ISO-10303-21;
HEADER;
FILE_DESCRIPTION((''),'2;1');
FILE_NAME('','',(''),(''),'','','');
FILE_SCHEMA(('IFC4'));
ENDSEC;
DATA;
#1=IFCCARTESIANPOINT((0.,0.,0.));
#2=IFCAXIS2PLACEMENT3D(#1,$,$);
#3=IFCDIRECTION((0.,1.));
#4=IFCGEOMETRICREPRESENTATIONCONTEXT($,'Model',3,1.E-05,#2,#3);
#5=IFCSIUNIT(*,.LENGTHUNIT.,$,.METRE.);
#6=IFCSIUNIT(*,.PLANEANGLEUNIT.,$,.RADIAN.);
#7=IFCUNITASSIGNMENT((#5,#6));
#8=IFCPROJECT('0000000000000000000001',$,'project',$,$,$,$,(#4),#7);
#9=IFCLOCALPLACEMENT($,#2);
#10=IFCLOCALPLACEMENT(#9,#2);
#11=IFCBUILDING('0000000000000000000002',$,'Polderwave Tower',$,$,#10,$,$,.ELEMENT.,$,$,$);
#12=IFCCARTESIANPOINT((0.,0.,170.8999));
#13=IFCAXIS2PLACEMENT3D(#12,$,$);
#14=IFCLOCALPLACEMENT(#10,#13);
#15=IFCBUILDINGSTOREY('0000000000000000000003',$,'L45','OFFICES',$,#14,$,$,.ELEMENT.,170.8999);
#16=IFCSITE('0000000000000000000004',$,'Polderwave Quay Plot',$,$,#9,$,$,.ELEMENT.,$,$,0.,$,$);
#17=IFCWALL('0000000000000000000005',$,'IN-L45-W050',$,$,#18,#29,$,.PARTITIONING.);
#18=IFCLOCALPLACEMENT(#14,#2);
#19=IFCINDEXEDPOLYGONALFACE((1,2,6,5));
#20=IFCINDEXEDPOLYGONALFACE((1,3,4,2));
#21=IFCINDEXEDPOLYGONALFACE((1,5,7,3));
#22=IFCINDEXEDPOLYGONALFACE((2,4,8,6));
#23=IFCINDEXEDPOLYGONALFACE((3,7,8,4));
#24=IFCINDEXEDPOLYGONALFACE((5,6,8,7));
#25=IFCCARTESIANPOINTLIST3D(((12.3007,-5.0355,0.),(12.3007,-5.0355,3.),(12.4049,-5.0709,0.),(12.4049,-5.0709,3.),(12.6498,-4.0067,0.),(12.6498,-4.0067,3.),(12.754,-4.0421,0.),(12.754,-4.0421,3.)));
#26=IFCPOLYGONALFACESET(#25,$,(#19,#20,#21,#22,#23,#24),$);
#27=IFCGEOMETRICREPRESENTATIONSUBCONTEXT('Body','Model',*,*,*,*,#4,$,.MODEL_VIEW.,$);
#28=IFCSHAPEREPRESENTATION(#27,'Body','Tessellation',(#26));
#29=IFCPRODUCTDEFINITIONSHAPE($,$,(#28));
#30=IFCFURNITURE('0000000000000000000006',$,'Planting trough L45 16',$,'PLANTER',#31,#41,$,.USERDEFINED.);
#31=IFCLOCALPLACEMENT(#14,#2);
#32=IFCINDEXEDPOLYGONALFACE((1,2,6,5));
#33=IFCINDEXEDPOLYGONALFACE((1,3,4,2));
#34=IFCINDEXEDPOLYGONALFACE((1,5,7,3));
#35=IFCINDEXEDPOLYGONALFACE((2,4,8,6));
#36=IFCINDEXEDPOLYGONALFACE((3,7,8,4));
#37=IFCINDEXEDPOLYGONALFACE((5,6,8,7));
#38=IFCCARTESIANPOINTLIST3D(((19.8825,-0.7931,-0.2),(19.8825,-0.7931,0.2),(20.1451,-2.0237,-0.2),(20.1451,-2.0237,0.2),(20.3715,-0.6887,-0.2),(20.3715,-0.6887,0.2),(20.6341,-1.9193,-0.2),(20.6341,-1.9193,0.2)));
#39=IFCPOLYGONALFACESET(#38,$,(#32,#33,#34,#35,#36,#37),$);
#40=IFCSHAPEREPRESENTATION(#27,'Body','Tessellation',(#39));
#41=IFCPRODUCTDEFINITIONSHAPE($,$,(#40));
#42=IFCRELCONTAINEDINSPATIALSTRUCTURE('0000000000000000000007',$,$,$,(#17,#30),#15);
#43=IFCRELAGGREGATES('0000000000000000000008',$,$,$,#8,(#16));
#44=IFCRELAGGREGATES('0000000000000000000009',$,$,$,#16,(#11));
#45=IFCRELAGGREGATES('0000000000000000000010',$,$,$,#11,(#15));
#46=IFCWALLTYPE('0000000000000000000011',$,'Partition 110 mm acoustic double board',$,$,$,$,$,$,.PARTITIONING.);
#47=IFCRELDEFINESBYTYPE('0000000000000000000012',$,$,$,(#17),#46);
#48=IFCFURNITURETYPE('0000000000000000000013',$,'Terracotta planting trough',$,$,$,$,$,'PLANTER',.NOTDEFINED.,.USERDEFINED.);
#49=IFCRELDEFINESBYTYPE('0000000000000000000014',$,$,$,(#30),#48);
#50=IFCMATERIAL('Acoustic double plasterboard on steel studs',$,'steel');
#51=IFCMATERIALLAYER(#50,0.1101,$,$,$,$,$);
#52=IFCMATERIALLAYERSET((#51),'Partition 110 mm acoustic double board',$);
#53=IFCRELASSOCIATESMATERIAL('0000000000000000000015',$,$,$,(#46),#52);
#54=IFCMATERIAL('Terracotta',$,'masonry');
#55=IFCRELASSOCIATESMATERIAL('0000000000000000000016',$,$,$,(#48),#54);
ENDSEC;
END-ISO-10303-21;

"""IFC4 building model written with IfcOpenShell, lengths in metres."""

from ifc_helpers import new_model, si_unit, direction, frame, frame_2d, origin, origin_2d, place, context, subcontext, project, spatial, rectangle, extrude, material, layer, layer_set, type_object, element, save


model = new_model("IFC4")

# Units and contexts
model_context = context("Model", 3, precision=1e-05, world=origin(), true_north=direction((0.0, 1.0)))
body_context = subcontext(model_context, "Body", "Model", "MODEL_VIEW")
ifc_project = project(units=[si_unit("LENGTHUNIT", "METRE"), si_unit("PLANEANGLEUNIT", "RADIAN")], contexts=[model_context])

# Site, building, storey
site_placement = place(None, origin())
site = spatial("IfcSite", under=ifc_project, at=site_placement, Name="Polderwave Quay Plot", CompositionType="ELEMENT", RefElevation=0.0)
building_placement = place(site_placement, origin())
building = spatial("IfcBuilding", under=site, at=building_placement, Name="Polderwave Tower", CompositionType="ELEMENT")
storey_placement = place(building_placement, frame((0.0, 0.0, 170.8999)))
storey = spatial("IfcBuildingStorey", under=building, at=storey_placement, Name="L45", Description="OFFICES", CompositionType="ELEMENT", Elevation=170.8999)

# Wall
ifc_material_1 = material(Name="Acoustic double plasterboard on steel studs", Category="steel")
ifc_layer_1 = layer(ifc_material_1, 0.1101)
ifc_layer_set_1 = layer_set([ifc_layer_1], Name="Partition 110 mm acoustic double board")
wall_type_1 = type_object("IfcWallType", Name="Partition 110 mm acoustic double board", PredefinedType="PARTITIONING", material=ifc_layer_set_1)
wall_1_placement = place(storey_placement, frame((12.7019, -4.0244, 0.0), z_axis=(0.0, 0.0, 1.0), x_axis=(-0.321347, -0.946962, 0.0)))
element("IfcWall", 1, at=wall_1_placement, inside=storey, type_object=wall_type_1, Name="IN-L45-W050", PredefinedType="PARTITIONING", context=body_context, shape_type="SweptSolid", body=[
    extrude(rectangle(XDim=1.0864, YDim=0.1101, at=frame_2d((0.5432, 0.0))), origin(), (0.0, 0.0, 1.0), 3.0),
])

# Furniture
ifc_material_2 = material(Name="Terracotta", Category="masonry")
furniture_type = type_object("IfcFurnitureType", Name="Terracotta planting trough", ElementType="PLANTER", AssemblyPlace="NOTDEFINED", PredefinedType="USERDEFINED", material=ifc_material_2)
furniture_placement = place(storey_placement, frame((20.2583, -1.3562, -0.2), z_axis=(0.0, 0.0, 1.0), x_axis=(-0.208694, 0.977981, 0.0)))
element("IfcFurniture", 2, at=furniture_placement, inside=storey, type_object=furniture_type, Name="Planting trough L45 16", ObjectType="PLANTER", PredefinedType="USERDEFINED", context=body_context, shape_type="SweptSolid", body=[
    extrude(rectangle(XDim=1.2583, YDim=0.5, at=origin_2d()), origin(), (0.0, 0.0, 1.0), 0.3999),
])

save(model, "model.ifc")
